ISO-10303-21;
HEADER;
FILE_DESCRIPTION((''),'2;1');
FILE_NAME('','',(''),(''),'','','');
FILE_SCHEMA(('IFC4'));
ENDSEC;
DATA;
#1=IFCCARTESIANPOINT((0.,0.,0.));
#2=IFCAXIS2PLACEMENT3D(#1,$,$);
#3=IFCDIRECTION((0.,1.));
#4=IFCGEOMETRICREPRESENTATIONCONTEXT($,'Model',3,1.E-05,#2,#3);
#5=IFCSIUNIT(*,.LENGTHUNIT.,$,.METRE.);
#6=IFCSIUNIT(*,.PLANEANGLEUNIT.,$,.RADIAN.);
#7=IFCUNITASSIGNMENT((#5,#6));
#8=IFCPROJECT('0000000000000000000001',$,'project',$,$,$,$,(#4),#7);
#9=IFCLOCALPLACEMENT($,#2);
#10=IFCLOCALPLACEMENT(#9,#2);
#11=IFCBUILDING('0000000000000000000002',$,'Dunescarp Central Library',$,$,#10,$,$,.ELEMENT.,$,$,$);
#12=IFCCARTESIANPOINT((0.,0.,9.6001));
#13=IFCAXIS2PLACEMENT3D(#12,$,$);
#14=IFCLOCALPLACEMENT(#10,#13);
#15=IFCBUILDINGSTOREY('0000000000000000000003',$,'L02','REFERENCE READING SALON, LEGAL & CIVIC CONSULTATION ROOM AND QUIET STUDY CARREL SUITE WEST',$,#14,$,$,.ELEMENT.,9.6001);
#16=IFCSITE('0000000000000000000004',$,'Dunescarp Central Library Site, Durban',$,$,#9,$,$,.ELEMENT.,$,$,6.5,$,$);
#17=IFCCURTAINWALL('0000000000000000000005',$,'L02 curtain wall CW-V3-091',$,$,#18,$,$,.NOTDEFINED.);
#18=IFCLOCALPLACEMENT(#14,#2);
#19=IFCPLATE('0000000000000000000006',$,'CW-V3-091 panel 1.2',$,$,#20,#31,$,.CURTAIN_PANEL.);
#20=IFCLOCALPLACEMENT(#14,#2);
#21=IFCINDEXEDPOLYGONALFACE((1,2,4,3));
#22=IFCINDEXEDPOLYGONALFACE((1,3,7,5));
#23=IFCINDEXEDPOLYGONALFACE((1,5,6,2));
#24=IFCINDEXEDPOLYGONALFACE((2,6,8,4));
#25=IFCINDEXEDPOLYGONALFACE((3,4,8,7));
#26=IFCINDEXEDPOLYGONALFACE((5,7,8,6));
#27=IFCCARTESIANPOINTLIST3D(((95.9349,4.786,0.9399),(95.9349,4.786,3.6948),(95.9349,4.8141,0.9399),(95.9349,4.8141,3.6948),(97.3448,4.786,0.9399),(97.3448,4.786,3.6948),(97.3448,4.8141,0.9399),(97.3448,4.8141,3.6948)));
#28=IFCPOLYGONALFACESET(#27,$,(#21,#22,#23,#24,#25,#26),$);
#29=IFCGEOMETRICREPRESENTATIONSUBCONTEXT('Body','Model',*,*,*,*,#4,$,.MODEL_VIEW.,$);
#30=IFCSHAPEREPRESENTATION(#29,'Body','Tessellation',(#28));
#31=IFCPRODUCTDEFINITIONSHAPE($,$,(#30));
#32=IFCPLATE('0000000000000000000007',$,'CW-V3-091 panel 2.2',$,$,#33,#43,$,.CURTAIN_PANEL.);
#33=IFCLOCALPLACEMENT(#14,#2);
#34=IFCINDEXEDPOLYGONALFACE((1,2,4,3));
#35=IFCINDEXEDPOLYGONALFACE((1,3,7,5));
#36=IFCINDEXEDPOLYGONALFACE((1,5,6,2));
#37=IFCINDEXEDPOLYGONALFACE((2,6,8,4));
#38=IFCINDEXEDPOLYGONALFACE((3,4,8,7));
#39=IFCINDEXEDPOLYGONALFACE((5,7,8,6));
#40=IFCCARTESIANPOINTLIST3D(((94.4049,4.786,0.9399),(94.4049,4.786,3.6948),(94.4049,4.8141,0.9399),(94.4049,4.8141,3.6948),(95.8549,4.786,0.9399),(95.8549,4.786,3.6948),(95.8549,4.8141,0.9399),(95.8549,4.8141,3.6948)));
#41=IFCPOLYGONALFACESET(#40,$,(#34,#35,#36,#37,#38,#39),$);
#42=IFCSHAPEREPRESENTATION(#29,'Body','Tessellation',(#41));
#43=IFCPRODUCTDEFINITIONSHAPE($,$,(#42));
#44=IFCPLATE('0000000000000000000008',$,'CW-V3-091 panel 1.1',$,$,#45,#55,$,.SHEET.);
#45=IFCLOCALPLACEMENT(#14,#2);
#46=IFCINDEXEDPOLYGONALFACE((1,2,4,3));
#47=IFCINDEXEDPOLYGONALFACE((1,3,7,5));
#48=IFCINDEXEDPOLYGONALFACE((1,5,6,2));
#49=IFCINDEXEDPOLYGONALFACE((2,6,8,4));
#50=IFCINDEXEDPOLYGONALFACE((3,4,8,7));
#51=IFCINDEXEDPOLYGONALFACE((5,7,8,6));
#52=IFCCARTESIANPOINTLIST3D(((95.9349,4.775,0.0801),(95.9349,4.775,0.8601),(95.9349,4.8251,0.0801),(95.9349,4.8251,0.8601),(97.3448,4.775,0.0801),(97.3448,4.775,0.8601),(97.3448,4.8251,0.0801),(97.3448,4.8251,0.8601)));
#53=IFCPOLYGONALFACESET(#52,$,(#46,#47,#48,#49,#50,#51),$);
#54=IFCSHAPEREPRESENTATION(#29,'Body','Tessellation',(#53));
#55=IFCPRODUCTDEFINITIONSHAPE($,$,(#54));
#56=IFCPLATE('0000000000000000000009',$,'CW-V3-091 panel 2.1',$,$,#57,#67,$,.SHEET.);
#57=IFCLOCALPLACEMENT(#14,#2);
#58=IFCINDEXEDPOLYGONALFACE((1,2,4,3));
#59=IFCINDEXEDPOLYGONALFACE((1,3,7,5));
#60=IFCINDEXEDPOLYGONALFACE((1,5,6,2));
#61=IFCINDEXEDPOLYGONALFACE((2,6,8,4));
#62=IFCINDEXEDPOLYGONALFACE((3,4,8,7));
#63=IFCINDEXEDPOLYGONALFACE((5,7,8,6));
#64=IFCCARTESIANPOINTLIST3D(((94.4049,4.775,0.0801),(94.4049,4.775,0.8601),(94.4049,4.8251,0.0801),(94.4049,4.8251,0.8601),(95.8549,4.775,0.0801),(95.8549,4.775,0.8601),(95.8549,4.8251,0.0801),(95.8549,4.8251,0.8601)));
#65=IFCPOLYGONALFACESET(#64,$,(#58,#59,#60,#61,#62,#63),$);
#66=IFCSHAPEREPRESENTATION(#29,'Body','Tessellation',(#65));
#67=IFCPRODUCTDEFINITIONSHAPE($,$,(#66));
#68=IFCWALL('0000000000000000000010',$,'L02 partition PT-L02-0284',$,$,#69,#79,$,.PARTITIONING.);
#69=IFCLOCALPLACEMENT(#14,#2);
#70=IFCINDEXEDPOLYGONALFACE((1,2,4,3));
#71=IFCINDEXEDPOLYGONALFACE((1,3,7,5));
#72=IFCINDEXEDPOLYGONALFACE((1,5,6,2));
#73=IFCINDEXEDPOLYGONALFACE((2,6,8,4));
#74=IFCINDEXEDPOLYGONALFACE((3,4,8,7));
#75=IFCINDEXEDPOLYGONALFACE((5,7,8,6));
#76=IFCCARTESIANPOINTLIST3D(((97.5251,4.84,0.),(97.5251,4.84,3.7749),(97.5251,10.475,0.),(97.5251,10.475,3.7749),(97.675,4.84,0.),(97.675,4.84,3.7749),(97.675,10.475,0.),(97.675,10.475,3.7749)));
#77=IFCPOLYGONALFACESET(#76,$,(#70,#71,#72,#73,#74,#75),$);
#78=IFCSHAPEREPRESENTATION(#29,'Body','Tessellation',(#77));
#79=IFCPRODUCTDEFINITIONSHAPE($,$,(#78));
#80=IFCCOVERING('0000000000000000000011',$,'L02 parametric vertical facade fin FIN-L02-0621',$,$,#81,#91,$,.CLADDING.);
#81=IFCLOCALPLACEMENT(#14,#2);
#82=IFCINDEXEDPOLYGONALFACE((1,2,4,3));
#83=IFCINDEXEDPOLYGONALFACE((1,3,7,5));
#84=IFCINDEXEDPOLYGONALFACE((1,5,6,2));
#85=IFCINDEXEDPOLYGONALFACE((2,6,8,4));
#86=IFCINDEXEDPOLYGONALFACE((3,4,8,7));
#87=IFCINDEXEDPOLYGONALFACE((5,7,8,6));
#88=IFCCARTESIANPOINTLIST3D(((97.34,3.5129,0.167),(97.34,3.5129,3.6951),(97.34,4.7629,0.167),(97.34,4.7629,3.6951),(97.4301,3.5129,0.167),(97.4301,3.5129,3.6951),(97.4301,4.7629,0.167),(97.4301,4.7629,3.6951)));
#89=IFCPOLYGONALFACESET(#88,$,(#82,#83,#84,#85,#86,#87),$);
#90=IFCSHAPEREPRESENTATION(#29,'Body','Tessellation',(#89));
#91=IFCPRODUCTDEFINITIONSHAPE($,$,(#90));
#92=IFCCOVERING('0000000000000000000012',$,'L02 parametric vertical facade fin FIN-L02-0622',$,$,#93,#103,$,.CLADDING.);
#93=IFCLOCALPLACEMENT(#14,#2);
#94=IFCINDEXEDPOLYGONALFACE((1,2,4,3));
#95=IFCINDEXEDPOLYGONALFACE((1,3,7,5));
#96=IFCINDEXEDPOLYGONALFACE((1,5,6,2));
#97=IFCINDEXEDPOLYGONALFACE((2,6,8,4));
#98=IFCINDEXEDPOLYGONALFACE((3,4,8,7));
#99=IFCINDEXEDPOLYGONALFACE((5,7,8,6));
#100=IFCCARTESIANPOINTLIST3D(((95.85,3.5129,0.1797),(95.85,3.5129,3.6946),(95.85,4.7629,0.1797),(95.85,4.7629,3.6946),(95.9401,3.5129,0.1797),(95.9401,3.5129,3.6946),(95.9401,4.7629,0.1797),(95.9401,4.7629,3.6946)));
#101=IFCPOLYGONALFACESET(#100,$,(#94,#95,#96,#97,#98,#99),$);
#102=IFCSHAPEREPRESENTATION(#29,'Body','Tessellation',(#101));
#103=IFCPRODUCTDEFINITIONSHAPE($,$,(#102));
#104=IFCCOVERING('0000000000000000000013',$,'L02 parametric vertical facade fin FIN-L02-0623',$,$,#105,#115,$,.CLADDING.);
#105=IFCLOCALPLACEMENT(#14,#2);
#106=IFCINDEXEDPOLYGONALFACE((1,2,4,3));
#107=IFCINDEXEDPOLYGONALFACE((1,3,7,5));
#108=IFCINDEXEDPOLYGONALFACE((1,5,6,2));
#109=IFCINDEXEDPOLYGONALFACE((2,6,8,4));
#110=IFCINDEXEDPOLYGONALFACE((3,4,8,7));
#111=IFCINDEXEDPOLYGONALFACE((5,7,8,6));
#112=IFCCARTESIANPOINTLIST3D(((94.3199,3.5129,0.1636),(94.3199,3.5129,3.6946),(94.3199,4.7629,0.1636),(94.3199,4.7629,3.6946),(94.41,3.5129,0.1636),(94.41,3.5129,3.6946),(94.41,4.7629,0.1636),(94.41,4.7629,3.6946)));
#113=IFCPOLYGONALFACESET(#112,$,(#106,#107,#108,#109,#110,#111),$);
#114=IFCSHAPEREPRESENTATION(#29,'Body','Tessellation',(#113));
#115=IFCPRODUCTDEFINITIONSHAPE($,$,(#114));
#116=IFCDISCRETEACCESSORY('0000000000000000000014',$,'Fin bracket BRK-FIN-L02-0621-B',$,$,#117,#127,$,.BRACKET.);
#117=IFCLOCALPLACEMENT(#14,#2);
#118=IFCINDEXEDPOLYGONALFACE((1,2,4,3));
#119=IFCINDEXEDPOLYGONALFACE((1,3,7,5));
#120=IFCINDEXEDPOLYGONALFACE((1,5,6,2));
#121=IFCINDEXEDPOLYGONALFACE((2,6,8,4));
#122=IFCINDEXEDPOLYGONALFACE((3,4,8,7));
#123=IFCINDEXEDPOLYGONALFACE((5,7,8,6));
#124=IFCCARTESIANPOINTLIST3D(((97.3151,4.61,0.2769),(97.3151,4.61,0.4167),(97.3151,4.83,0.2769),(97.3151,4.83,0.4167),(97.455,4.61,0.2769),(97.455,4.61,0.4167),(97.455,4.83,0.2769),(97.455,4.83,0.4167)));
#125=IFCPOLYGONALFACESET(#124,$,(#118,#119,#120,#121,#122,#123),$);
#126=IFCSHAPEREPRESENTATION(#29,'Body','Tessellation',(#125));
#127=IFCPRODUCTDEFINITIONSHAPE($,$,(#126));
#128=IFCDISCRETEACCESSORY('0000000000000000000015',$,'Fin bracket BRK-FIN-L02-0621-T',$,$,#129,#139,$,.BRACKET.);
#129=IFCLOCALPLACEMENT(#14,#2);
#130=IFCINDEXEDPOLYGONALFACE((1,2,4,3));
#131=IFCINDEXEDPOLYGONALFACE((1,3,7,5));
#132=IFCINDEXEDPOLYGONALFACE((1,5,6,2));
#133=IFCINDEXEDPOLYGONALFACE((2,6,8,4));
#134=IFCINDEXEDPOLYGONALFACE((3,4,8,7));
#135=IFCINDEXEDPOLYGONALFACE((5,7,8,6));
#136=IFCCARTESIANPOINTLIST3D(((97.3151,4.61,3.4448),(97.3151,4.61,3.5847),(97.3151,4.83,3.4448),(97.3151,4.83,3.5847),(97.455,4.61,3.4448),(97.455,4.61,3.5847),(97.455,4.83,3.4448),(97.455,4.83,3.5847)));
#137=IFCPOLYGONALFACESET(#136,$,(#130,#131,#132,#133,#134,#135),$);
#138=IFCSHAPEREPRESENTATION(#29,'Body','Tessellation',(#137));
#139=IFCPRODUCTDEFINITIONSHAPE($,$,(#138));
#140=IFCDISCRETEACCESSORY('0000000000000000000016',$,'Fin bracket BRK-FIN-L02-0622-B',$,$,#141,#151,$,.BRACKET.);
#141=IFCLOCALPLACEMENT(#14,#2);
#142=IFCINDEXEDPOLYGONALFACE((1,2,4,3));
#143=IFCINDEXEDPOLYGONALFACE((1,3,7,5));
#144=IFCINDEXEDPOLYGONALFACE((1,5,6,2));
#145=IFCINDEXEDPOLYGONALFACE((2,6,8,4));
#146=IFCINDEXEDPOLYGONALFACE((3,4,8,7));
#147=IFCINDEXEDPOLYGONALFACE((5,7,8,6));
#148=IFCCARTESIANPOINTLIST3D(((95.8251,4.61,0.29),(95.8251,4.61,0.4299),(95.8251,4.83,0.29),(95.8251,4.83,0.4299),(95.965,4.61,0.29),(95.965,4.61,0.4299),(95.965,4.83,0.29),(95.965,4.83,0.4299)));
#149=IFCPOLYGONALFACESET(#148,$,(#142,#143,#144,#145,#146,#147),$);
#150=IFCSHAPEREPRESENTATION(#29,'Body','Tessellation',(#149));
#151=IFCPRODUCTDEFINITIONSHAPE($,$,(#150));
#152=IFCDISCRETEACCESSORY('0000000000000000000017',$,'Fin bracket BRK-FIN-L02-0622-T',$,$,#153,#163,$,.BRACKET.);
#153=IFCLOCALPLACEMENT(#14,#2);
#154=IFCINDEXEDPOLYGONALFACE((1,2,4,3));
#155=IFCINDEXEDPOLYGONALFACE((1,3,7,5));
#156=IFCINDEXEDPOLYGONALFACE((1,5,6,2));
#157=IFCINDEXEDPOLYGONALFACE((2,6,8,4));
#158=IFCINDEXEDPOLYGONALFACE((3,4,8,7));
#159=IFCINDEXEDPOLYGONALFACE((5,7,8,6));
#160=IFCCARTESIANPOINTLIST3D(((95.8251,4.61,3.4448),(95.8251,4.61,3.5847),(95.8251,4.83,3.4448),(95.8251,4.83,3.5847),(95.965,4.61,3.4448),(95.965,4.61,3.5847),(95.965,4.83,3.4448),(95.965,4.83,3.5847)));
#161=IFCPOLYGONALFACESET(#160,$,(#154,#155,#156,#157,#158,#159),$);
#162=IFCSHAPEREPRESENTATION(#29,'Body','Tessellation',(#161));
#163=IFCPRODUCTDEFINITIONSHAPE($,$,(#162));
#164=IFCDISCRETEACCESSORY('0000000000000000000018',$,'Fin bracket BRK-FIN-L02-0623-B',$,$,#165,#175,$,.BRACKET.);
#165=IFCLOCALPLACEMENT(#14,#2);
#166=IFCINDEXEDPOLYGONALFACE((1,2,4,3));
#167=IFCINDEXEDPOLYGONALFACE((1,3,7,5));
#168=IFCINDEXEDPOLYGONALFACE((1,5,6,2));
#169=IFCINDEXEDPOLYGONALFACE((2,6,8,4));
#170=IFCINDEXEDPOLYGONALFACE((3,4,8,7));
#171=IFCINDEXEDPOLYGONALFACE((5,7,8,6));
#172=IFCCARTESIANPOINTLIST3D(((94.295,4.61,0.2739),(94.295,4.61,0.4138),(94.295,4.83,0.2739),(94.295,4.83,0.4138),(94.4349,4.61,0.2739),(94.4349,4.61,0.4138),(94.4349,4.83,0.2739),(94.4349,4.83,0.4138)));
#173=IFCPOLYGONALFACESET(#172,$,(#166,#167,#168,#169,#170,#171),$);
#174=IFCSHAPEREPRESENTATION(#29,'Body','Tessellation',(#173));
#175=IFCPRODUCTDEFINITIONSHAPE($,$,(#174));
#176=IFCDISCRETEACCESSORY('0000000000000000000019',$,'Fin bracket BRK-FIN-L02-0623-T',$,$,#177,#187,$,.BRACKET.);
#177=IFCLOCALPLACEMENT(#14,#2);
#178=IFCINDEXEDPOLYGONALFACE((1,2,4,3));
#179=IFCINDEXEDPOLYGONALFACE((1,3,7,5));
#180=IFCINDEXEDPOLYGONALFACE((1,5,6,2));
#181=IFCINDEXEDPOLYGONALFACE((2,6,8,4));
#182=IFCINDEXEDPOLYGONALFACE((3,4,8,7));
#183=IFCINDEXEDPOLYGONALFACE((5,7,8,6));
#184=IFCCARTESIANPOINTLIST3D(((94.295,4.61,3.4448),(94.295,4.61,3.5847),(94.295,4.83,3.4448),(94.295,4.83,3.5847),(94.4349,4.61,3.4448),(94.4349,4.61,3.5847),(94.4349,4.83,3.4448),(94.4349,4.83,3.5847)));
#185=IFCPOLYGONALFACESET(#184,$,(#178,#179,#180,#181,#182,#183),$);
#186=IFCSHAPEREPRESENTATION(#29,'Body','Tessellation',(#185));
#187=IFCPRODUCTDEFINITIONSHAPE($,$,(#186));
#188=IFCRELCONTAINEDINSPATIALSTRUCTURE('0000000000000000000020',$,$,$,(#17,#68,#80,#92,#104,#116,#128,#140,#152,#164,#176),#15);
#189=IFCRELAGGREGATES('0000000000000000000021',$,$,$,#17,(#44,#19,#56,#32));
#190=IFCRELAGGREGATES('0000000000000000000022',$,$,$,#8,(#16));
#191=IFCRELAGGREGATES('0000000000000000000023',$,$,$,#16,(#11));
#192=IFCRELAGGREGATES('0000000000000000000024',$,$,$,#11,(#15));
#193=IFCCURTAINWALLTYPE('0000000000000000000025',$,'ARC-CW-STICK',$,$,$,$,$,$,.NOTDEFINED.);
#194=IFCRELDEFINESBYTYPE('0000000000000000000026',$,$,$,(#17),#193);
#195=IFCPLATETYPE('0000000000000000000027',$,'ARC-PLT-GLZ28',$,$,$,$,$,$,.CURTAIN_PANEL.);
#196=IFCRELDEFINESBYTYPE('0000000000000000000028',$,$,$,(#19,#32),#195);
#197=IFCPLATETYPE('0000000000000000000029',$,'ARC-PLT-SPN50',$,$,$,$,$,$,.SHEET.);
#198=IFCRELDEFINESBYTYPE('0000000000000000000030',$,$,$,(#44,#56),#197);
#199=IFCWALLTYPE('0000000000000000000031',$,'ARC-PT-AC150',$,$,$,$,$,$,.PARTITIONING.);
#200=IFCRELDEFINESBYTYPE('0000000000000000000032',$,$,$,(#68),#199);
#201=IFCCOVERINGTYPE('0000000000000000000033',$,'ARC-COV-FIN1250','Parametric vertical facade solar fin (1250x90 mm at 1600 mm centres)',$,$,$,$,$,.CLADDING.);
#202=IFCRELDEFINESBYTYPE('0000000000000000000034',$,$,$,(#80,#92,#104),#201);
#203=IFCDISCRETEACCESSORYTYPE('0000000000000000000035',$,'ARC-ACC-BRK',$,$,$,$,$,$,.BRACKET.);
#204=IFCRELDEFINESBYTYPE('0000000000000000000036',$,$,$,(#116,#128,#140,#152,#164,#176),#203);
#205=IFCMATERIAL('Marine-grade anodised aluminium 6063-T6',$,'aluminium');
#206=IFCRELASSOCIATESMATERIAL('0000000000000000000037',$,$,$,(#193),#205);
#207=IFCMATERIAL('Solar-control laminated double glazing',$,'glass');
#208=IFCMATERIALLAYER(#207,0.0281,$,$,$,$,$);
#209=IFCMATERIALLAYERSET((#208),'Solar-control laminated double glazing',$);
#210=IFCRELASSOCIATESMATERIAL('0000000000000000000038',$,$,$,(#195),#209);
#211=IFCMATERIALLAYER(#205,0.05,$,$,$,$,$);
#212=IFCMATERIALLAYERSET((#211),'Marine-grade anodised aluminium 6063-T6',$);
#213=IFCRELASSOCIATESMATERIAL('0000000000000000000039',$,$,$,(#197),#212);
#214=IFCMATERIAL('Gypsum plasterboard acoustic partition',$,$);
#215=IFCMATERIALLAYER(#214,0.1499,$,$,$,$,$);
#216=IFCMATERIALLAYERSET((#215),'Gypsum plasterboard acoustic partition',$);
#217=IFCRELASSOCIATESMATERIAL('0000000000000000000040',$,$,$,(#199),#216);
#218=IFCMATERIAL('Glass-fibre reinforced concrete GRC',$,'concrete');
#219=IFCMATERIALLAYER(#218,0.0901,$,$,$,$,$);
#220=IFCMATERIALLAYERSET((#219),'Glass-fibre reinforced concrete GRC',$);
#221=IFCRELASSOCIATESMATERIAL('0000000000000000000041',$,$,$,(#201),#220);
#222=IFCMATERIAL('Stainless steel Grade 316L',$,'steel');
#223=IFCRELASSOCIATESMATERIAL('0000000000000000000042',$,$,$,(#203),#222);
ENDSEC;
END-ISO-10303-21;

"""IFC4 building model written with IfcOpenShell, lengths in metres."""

from ifc_helpers import new_model, si_unit, direction, frame, frame_2d, origin, origin_2d, place, context, subcontext, project, spatial, rectangle, extrude, material, layer, layer_set, type_object, element, aggregate, save


model = new_model("IFC4")

# Units and contexts
model_context = context("Model", 3, precision=1e-05, world=origin(), true_north=direction((0.0, 1.0)))
body_context = subcontext(model_context, "Body", "Model", "MODEL_VIEW")
ifc_project = project(units=[si_unit("LENGTHUNIT", "METRE"), si_unit("PLANEANGLEUNIT", "RADIAN")], contexts=[model_context])

# Site, building, storey
site_placement = place(None, origin())
site = spatial("IfcSite", under=ifc_project, at=site_placement, Name="Dunescarp Central Library Site, Durban", CompositionType="ELEMENT", RefElevation=6.5)
building_placement = place(site_placement, origin())
building = spatial("IfcBuilding", under=site, at=building_placement, Name="Dunescarp Central Library", CompositionType="ELEMENT")
storey_placement = place(building_placement, frame((0.0, 0.0, 9.6001)))
storey = spatial("IfcBuildingStorey", under=building, at=storey_placement, Name="L02", Description="REFERENCE READING SALON, LEGAL & CIVIC CONSULTATION ROOM AND QUIET STUDY CARREL SUITE WEST", CompositionType="ELEMENT", Elevation=9.6001)

# Curtain wall, plates
ifc_material_1 = material(Name="Marine-grade anodised aluminium 6063-T6", Category="aluminium")
curtain_wall_type = type_object("IfcCurtainWallType", Name="ARC-CW-STICK", PredefinedType="NOTDEFINED", material=ifc_material_1)
curtain_wall_placement = place(storey_placement, origin())
curtain_wall = element("IfcCurtainWall", 1, at=curtain_wall_placement, inside=storey, type_object=curtain_wall_type, Name="L02 curtain wall CW-V3-091", PredefinedType="NOTDEFINED")
ifc_material_2 = material(Name="Solar-control laminated double glazing", Category="glass")
ifc_layer_1 = layer(ifc_material_2, 0.0281)
ifc_layer_set_1 = layer_set([ifc_layer_1], Name="Solar-control laminated double glazing")
plate_type_1 = type_object("IfcPlateType", Name="ARC-PLT-GLZ28", PredefinedType="CURTAIN_PANEL", material=ifc_layer_set_1)
plate_1_placement = place(storey_placement, frame((96.6399, 4.8, 0.9399), z_axis=(0.0, 0.0, 1.0), x_axis=(-1.0, 0.0, 0.0)))
plate_1 = element("IfcPlate", 2, at=plate_1_placement, type_object=plate_type_1, Name="CW-V3-091 panel 1.2", PredefinedType="CURTAIN_PANEL", context=body_context, shape_type="SweptSolid", body=[
    extrude(rectangle(XDim=1.4099, YDim=0.0281, at=origin_2d()), origin(), (0.0, 0.0, 1.0), 2.7549),
])
plate_2_placement = place(storey_placement, frame((95.1299, 4.8, 0.9399), z_axis=(0.0, 0.0, 1.0), x_axis=(-1.0, 0.0, 0.0)))
plate_2 = element("IfcPlate", 3, at=plate_2_placement, type_object=plate_type_1, Name="CW-V3-091 panel 2.2", PredefinedType="CURTAIN_PANEL", context=body_context, shape_type="SweptSolid", body=[
    extrude(rectangle(XDim=1.45, YDim=0.0281, at=origin_2d()), origin(), (0.0, 0.0, 1.0), 2.7549),
])
ifc_layer_2 = layer(ifc_material_1, 0.05)
ifc_layer_set_2 = layer_set([ifc_layer_2], Name="Marine-grade anodised aluminium 6063-T6")
plate_type_2 = type_object("IfcPlateType", Name="ARC-PLT-SPN50", PredefinedType="SHEET", material=ifc_layer_set_2)
plate_3_placement = place(storey_placement, frame((96.6399, 4.8, 0.0801), z_axis=(0.0, 0.0, 1.0), x_axis=(-1.0, 0.0, 0.0)))
plate_3 = element("IfcPlate", 4, at=plate_3_placement, type_object=plate_type_2, Name="CW-V3-091 panel 1.1", PredefinedType="SHEET", context=body_context, shape_type="SweptSolid", body=[
    extrude(rectangle(XDim=1.4099, YDim=0.05, at=origin_2d()), origin(), (0.0, 0.0, 1.0), 0.78),
])
plate_4_placement = place(storey_placement, frame((95.1299, 4.8, 0.0801), z_axis=(0.0, 0.0, 1.0), x_axis=(-1.0, 0.0, 0.0)))
plate_4 = element("IfcPlate", 5, at=plate_4_placement, type_object=plate_type_2, Name="CW-V3-091 panel 2.1", PredefinedType="SHEET", context=body_context, shape_type="SweptSolid", body=[
    extrude(rectangle(XDim=1.45, YDim=0.05, at=origin_2d()), origin(), (0.0, 0.0, 1.0), 0.78),
])
aggregate(curtain_wall, [plate_3, plate_1, plate_4, plate_2])

# Wall
ifc_material_3 = material(Name="Gypsum plasterboard acoustic partition")
ifc_layer_3 = layer(ifc_material_3, 0.1499)
ifc_layer_set_3 = layer_set([ifc_layer_3], Name="Gypsum plasterboard acoustic partition")
wall_type = type_object("IfcWallType", Name="ARC-PT-AC150", PredefinedType="PARTITIONING", material=ifc_layer_set_3)
wall_placement = place(storey_placement, frame((97.6001, 4.8401, 0.0), z_axis=(0.0, 0.0, 1.0), x_axis=(0.0, 1.0, 0.0)))
element("IfcWall", 6, at=wall_placement, inside=storey, type_object=wall_type, Name="L02 partition PT-L02-0284", PredefinedType="PARTITIONING", context=body_context, shape_type="SweptSolid", body=[
    extrude(rectangle(XDim=5.635, YDim=0.1499, at=frame_2d((2.8174, 0.0))), origin(), (0.0, 0.0, 1.0), 3.7749),
])

# Coverings
ifc_material_4 = material(Name="Glass-fibre reinforced concrete GRC", Category="concrete")
ifc_layer_4 = layer(ifc_material_4, 0.0901)
ifc_layer_set_4 = layer_set([ifc_layer_4], Name="Glass-fibre reinforced concrete GRC")
covering_type = type_object("IfcCoveringType", Name="ARC-COV-FIN1250", Description="Parametric vertical facade solar fin (1250x90 mm at 1600 mm centres)", PredefinedType="CLADDING", material=ifc_layer_set_4)
covering_1_placement = place(storey_placement, frame((97.385, 4.1379, 0.167), z_axis=(0.0, 0.0, 1.0), x_axis=(0.0, -1.0, 0.0)))
element("IfcCovering", 7, at=covering_1_placement, inside=storey, type_object=covering_type, Name="L02 parametric vertical facade fin FIN-L02-0621", PredefinedType="CLADDING", context=body_context, shape_type="SweptSolid", body=[
    extrude(rectangle(XDim=1.25, YDim=0.0901, at=origin_2d()), origin(), (0.0, 0.0, 1.0), 3.5281),
])
covering_2_placement = place(storey_placement, frame((95.895, 4.1379, 0.1797), z_axis=(0.0, 0.0, 1.0), x_axis=(0.0, -1.0, 0.0)))
element("IfcCovering", 8, at=covering_2_placement, inside=storey, type_object=covering_type, Name="L02 parametric vertical facade fin FIN-L02-0622", PredefinedType="CLADDING", context=body_context, shape_type="SweptSolid", body=[
    extrude(rectangle(XDim=1.25, YDim=0.0901, at=origin_2d()), origin(), (0.0, 0.0, 1.0), 3.5149),
])
covering_3_placement = place(storey_placement, frame((94.365, 4.1379, 0.1636), z_axis=(0.0, 0.0, 1.0), x_axis=(0.0, -1.0, 0.0)))
element("IfcCovering", 9, at=covering_3_placement, inside=storey, type_object=covering_type, Name="L02 parametric vertical facade fin FIN-L02-0623", PredefinedType="CLADDING", context=body_context, shape_type="SweptSolid", body=[
    extrude(rectangle(XDim=1.25, YDim=0.0901, at=origin_2d()), origin(), (0.0, 0.0, 1.0), 3.531),
])

# Discrete accessories
ifc_material_5 = material(Name="Stainless steel Grade 316L", Category="steel")
discrete_accessory_type = type_object("IfcDiscreteAccessoryType", Name="ARC-ACC-BRK", PredefinedType="BRACKET", material=ifc_material_5)
for number, where, z_axis, x_axis, name in (
    (10, (97.385, 4.72, 0.2769), (0.0, 0.0, 1.0), (0.0, -1.0, 0.0), "Fin bracket BRK-FIN-L02-0621-B"),
    (11, (97.385, 4.72, 3.4448), (0.0, 0.0, 1.0), (0.0, -1.0, 0.0), "Fin bracket BRK-FIN-L02-0621-T"),
    (12, (95.895, 4.72, 0.29), (0.0, 0.0, 1.0), (0.0, -1.0, 0.0), "Fin bracket BRK-FIN-L02-0622-B"),
    (13, (95.895, 4.72, 3.4448), (0.0, 0.0, 1.0), (0.0, -1.0, 0.0), "Fin bracket BRK-FIN-L02-0622-T"),
    (14, (94.365, 4.72, 0.2739), (0.0, 0.0, 1.0), (0.0, -1.0, 0.0), "Fin bracket BRK-FIN-L02-0623-B"),
    (15, (94.365, 4.72, 3.4448), (0.0, 0.0, 1.0), (0.0, -1.0, 0.0), "Fin bracket BRK-FIN-L02-0623-T"),
):
    element("IfcDiscreteAccessory", number, at=place(storey_placement, frame(where, z_axis=z_axis, x_axis=x_axis)), inside=storey, type_object=discrete_accessory_type, Name=name, PredefinedType="BRACKET", context=body_context, shape_type="SweptSolid", body=[
        extrude(rectangle(XDim=0.22, YDim=0.1399, at=origin_2d()), origin(), (0.0, 0.0, 1.0), 0.1399),
    ])

save(model, "model.ifc")
